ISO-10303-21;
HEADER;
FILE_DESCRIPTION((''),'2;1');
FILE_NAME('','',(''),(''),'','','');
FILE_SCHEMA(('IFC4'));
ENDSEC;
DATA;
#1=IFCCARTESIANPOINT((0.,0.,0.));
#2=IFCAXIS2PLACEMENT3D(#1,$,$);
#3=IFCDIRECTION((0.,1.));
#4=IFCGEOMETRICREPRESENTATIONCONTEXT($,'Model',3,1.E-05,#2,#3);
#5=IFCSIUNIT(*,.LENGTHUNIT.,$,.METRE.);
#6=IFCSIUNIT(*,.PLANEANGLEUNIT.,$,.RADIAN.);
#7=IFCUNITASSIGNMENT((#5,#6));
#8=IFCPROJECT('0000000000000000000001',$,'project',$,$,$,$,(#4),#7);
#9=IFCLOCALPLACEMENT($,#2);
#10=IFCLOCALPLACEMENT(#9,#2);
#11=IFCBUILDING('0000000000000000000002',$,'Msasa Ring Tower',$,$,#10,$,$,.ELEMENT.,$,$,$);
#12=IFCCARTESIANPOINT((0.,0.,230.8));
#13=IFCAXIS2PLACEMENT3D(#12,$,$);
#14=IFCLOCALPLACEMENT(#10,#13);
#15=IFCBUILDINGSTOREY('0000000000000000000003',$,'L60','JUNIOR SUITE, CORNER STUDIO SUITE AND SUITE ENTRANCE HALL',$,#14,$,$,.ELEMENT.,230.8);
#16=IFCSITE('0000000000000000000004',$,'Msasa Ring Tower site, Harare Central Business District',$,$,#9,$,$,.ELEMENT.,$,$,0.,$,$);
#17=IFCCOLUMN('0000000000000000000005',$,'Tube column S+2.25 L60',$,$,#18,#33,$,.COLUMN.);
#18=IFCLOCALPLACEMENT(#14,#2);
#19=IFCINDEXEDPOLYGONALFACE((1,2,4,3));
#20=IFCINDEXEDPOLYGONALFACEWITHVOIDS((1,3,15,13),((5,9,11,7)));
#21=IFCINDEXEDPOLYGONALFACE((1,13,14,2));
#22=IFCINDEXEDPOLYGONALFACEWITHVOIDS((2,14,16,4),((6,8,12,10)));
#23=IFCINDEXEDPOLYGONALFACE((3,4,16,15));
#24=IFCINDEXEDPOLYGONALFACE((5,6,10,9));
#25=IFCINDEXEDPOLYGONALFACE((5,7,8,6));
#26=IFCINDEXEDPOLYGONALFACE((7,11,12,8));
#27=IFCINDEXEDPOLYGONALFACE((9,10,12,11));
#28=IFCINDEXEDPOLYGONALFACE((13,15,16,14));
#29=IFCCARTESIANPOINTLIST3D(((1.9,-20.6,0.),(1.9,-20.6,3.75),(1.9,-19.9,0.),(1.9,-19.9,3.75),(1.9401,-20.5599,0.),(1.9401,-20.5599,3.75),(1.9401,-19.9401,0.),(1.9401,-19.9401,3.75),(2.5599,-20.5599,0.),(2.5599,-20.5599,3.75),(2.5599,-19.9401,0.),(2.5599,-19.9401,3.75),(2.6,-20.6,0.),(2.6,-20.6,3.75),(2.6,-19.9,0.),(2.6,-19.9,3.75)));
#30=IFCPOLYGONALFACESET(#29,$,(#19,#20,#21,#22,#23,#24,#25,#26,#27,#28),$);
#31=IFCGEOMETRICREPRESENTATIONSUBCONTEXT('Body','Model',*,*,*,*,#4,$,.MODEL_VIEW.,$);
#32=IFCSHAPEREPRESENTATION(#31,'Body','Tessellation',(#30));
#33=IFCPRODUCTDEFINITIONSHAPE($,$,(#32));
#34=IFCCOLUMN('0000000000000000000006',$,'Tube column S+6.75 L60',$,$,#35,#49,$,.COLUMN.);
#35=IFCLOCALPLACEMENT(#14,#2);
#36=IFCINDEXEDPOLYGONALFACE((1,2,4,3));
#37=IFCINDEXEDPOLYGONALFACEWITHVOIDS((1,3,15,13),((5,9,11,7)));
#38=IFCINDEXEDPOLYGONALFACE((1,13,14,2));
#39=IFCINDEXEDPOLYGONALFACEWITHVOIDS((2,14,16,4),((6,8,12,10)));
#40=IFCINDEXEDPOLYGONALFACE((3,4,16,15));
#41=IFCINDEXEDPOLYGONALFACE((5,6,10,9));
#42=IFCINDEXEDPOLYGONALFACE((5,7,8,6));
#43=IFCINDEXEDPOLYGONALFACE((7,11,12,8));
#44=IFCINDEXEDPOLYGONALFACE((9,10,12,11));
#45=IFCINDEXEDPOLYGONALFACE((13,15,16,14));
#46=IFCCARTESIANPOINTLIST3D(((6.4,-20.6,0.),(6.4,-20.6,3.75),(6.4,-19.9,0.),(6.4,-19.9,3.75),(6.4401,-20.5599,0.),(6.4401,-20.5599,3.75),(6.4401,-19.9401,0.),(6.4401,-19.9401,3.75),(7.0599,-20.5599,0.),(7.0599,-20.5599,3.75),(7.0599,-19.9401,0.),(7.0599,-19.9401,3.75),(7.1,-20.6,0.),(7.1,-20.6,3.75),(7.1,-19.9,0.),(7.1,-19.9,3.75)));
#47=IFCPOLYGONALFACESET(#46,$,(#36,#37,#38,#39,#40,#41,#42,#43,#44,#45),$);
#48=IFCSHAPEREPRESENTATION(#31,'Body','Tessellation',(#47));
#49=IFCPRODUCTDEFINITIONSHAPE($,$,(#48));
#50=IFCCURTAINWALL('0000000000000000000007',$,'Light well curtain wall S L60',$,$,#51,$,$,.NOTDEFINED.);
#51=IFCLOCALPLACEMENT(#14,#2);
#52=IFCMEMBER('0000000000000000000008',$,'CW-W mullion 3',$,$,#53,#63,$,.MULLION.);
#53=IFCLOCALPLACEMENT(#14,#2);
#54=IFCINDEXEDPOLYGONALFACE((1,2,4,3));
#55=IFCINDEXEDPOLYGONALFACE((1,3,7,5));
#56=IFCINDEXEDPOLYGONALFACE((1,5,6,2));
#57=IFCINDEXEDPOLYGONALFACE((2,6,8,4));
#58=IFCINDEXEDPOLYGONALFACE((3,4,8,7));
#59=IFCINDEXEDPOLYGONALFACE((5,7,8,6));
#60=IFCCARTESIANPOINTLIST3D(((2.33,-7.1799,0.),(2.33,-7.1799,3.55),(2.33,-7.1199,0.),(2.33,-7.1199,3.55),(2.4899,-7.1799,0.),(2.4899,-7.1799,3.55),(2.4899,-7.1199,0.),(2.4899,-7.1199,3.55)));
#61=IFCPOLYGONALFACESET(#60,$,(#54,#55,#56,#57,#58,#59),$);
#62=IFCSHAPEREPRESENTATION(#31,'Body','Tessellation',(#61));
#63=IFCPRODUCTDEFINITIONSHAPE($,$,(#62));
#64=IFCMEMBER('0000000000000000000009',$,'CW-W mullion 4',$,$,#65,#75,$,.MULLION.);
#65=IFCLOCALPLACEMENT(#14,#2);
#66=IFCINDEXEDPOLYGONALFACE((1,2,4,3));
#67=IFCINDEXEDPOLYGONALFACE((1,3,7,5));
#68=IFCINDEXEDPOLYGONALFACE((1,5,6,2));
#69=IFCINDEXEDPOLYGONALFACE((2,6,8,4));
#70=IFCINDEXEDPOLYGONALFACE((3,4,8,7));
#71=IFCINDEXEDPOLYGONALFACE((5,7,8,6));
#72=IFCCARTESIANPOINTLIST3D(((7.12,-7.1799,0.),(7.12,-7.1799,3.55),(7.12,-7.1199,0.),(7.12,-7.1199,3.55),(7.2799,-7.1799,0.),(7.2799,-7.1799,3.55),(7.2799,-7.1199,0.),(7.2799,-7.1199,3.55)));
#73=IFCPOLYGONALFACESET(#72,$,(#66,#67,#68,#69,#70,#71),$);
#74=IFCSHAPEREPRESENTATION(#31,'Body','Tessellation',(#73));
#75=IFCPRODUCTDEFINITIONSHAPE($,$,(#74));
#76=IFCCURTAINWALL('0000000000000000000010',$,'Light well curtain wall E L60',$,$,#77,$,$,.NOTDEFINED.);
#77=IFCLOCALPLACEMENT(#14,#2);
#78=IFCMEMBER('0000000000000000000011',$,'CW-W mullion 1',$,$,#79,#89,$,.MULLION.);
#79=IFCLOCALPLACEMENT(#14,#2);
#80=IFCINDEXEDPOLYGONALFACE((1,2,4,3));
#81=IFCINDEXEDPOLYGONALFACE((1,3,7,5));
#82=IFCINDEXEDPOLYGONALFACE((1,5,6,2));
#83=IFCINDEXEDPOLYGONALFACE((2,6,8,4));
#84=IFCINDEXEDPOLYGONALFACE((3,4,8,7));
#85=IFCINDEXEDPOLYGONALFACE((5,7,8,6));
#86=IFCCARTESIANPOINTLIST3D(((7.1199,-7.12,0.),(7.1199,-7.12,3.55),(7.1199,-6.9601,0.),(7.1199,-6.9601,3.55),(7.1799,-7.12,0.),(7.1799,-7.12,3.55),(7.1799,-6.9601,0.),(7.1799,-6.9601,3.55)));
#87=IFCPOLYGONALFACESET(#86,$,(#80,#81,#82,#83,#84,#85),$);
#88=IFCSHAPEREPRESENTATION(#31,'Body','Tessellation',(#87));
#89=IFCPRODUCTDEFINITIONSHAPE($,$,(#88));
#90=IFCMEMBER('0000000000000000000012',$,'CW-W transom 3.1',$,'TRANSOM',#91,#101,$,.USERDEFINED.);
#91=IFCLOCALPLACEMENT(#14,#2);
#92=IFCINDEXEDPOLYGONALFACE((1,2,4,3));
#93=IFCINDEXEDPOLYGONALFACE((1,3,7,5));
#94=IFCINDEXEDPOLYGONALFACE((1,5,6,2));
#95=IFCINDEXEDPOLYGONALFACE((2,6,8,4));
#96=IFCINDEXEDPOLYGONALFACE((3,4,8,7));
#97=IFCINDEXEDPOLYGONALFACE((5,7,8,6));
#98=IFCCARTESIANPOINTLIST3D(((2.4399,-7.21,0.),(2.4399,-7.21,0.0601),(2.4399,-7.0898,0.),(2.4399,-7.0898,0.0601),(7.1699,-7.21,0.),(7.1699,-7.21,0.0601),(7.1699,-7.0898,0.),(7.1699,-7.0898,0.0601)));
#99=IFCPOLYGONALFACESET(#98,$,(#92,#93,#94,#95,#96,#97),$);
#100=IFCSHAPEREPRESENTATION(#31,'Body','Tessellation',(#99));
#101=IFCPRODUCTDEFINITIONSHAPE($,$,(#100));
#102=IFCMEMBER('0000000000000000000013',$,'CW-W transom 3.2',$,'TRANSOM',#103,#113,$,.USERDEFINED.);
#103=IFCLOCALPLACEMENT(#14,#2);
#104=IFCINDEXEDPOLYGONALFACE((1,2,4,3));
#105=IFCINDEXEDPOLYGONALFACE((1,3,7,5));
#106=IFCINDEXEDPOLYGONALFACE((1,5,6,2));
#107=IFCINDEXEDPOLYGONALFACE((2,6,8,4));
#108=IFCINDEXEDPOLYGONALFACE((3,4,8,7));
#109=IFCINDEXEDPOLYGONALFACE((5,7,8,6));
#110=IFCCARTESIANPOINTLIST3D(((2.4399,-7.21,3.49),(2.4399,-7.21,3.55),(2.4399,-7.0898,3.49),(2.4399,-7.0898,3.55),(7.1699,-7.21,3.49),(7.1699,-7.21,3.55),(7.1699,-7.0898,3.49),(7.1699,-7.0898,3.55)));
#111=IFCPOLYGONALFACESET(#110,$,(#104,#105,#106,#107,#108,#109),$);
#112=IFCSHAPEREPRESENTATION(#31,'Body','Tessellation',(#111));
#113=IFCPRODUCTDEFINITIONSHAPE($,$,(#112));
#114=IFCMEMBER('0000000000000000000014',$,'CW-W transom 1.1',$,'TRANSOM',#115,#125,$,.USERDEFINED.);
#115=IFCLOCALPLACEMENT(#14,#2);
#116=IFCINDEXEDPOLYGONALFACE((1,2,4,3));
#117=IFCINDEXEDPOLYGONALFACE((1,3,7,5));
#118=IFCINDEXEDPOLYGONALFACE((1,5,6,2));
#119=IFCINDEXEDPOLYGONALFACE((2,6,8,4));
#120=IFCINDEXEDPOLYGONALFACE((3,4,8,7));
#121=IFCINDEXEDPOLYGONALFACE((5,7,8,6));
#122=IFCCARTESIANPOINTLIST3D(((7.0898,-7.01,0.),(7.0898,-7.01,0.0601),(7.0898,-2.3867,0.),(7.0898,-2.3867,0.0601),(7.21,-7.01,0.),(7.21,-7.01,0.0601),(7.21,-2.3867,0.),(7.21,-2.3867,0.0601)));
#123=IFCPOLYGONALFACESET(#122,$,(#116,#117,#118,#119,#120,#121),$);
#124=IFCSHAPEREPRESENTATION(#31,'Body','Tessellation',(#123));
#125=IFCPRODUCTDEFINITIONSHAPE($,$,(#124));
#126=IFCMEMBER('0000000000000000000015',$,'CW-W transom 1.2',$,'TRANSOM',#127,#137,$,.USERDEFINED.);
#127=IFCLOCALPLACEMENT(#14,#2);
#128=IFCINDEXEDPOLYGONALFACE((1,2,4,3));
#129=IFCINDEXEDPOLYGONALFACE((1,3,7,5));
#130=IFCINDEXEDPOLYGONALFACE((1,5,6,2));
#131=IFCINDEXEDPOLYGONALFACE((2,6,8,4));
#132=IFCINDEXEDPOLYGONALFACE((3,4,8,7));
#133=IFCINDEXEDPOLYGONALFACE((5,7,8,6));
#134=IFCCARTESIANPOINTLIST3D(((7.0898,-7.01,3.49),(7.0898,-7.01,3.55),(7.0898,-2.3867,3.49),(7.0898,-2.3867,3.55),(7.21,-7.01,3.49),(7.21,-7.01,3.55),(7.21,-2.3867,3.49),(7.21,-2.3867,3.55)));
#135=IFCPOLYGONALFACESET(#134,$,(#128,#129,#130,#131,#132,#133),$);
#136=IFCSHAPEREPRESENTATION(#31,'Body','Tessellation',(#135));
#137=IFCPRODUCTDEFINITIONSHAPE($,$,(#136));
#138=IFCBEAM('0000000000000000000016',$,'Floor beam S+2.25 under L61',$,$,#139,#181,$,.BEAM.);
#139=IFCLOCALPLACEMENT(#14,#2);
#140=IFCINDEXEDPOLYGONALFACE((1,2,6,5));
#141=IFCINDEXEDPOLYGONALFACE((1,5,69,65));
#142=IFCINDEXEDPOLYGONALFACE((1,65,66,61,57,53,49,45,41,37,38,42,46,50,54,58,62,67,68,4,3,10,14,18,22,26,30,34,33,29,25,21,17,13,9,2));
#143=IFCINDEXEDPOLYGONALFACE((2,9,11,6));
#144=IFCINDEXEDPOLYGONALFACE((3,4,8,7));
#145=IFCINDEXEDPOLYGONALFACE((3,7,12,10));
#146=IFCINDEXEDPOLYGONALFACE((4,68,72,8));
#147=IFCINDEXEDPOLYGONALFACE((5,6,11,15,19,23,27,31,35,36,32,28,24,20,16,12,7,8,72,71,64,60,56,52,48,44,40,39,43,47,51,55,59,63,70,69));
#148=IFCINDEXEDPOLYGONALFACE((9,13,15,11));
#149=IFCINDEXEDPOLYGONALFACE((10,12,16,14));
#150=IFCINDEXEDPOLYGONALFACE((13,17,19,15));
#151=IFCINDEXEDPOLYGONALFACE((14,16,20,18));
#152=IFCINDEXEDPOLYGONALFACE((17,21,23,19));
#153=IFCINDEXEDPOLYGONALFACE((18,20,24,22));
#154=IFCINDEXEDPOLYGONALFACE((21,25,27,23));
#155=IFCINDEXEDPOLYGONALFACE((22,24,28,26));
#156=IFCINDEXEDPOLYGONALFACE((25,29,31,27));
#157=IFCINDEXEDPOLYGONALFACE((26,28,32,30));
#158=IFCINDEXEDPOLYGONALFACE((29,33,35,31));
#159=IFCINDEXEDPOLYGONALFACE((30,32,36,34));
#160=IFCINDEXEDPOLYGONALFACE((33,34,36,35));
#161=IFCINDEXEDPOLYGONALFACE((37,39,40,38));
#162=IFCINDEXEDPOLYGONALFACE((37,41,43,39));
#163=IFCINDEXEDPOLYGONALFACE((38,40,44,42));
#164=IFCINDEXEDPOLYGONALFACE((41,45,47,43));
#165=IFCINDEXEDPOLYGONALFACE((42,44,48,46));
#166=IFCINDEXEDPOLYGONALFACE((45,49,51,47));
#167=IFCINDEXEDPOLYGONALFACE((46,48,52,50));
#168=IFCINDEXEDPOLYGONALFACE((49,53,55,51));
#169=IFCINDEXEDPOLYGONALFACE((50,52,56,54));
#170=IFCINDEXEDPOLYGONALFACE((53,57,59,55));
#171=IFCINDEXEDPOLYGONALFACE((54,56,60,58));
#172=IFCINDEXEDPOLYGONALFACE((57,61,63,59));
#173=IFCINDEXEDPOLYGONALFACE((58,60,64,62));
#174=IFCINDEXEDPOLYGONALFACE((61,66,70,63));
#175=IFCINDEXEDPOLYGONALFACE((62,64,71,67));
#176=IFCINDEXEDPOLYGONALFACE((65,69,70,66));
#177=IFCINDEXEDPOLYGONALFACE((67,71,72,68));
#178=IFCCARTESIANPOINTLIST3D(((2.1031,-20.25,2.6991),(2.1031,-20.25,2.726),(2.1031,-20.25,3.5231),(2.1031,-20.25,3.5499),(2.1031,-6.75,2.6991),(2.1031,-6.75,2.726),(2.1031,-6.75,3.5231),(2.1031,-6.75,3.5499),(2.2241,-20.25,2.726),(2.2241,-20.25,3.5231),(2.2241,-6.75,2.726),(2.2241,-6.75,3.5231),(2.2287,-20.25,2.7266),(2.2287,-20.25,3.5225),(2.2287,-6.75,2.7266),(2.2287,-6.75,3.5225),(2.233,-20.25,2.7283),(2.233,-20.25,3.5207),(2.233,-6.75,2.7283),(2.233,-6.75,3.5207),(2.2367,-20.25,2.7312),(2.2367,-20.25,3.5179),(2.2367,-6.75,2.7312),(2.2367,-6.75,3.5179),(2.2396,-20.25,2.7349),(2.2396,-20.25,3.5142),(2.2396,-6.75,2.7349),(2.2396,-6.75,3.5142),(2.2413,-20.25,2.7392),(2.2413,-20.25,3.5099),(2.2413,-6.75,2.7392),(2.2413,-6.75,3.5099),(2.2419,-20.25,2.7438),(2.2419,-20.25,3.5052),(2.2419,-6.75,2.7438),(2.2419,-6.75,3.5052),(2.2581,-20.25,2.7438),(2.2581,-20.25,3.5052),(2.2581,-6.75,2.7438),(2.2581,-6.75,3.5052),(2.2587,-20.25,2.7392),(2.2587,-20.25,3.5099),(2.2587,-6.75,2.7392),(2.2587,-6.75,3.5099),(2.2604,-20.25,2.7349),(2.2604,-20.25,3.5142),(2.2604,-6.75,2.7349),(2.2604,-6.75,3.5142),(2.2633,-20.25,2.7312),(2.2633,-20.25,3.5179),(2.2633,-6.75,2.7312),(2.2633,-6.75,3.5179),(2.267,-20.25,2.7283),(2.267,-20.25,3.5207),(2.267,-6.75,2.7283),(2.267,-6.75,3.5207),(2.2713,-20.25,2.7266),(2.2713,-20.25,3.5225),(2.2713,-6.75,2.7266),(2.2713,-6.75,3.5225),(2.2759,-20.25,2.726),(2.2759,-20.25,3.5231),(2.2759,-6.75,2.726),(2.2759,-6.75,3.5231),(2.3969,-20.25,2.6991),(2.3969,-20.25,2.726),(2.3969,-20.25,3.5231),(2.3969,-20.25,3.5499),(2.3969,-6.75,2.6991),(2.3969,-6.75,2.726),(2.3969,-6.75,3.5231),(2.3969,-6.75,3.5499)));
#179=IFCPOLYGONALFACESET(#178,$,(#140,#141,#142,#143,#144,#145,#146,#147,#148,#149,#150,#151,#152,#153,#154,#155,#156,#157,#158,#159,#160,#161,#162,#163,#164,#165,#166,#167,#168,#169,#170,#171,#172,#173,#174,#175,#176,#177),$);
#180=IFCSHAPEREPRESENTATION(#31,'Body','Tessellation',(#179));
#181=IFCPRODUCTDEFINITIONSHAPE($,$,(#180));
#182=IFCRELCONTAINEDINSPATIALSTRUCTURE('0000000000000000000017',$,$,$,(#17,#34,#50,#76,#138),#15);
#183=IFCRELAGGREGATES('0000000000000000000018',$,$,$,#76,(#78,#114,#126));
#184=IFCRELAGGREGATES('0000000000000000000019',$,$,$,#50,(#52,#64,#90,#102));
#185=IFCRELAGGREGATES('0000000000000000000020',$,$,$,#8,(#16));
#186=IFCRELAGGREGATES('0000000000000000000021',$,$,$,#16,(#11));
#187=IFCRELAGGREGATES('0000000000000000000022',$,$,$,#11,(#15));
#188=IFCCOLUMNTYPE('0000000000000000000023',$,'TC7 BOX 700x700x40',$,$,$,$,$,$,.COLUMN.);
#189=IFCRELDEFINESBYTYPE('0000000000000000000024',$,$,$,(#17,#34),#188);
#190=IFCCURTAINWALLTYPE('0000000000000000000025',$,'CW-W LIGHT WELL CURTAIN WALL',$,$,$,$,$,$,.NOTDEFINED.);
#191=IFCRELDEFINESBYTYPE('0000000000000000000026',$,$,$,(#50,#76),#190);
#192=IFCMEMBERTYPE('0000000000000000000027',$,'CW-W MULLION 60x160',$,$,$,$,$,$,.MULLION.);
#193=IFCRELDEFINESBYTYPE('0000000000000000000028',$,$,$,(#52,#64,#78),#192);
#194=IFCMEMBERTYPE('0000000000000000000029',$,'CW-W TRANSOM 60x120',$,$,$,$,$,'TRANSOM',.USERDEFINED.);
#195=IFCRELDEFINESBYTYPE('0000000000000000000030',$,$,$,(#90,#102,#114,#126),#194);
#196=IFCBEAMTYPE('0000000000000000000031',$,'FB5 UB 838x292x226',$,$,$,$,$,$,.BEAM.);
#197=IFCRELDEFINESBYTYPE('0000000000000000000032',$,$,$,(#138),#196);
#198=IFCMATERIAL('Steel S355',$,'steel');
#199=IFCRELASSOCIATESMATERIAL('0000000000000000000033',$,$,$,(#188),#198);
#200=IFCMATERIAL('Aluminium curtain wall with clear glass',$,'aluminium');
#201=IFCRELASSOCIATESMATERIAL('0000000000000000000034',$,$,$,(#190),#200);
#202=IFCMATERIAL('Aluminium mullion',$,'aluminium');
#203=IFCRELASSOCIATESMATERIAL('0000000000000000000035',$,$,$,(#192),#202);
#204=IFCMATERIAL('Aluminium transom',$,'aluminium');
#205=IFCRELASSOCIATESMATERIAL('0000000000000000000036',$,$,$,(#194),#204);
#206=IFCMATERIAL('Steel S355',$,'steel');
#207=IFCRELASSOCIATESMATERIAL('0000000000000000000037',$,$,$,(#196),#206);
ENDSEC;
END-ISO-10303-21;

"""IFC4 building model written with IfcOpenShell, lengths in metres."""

from ifc_helpers import new_model, si_unit, direction, frame, origin, origin_2d, place, context, subcontext, project, spatial, rectangle, hollow_rectangle, i_section, extrude, material, material_profile, profile_set, type_object, element, aggregate, save


model = new_model("IFC4")

# Units and contexts
model_context = context("Model", 3, precision=1e-05, world=origin(), true_north=direction((0.0, 1.0)))
body_context = subcontext(model_context, "Body", "Model", "MODEL_VIEW")
ifc_project = project(units=[si_unit("LENGTHUNIT", "METRE"), si_unit("PLANEANGLEUNIT", "RADIAN")], contexts=[model_context])

# Site, building, storey
site_placement = place(None, origin())
site = spatial("IfcSite", under=ifc_project, at=site_placement, Name="Msasa Ring Tower site, Harare Central Business District", CompositionType="ELEMENT", RefElevation=0.0)
building_placement = place(site_placement, origin())
building = spatial("IfcBuilding", under=site, at=building_placement, Name="Msasa Ring Tower", CompositionType="ELEMENT")
storey_placement = place(building_placement, frame((0.0, 0.0, 230.8)))
storey = spatial("IfcBuildingStorey", under=building, at=storey_placement, Name="L60", Description="JUNIOR SUITE, CORNER STUDIO SUITE AND SUITE ENTRANCE HALL", CompositionType="ELEMENT", Elevation=230.8)

# Columns
ifc_material_1 = material(Name="Steel S355", Category="steel")
ifc_material_profile_1 = material_profile(ifc_material_1, hollow_rectangle(XDim=0.7, YDim=0.7, WallThickness=0.04, at=origin_2d()), Name="BOX 700x700x40")
ifc_profile_set_1 = profile_set([ifc_material_profile_1], Name="Steel S355")
column_type = type_object("IfcColumnType", Name="TC7 BOX 700x700x40", PredefinedType="COLUMN", material=ifc_profile_set_1)
for number, where, z_axis, x_axis, name in (
    (1, (2.25, -20.25, 0.0), (0.0, 0.0, 1.0), (0.0, 1.0, 0.0), "Tube column S+2.25 L60"),
    (2, (6.75, -20.25, 0.0), (0.0, 0.0, 1.0), (0.0, 1.0, 0.0), "Tube column S+6.75 L60"),
):
    element("IfcColumn", number, at=place(storey_placement, frame(where, z_axis=z_axis, x_axis=x_axis)), inside=storey, type_object=column_type, Name=name, PredefinedType="COLUMN", context=body_context, shape_type="SweptSolid", body=[
        extrude(hollow_rectangle(XDim=0.7, YDim=0.7, WallThickness=0.04, at=origin_2d()), origin(), (0.0, 0.0, 1.0), 3.75),
    ])

# Curtain wall, members
ifc_material_2 = material(Name="Aluminium curtain wall with clear glass", Category="aluminium")
curtain_wall_type = type_object("IfcCurtainWallType", Name="CW-W LIGHT WELL CURTAIN WALL", PredefinedType="NOTDEFINED", material=ifc_material_2)
curtain_wall_1_placement = place(storey_placement, origin())
curtain_wall_1 = element("IfcCurtainWall", 3, at=curtain_wall_1_placement, inside=storey, type_object=curtain_wall_type, Name="Light well curtain wall S L60", PredefinedType="NOTDEFINED")
ifc_material_3 = material(Name="Aluminium mullion", Category="aluminium")
ifc_material_profile_2 = material_profile(ifc_material_3, rectangle(XDim=0.0601, YDim=0.1599, at=origin_2d()), Name="AL 60x160")
ifc_profile_set_2 = profile_set([ifc_material_profile_2], Name="Aluminium mullion")
member_type_1 = type_object("IfcMemberType", Name="CW-W MULLION 60x160", PredefinedType="MULLION", material=ifc_profile_set_2)
member_1_placement = place(storey_placement, frame((2.4099, -7.1499, 0.0), z_axis=(0.0, 0.0, 1.0), x_axis=(0.0, 1.0, 0.0)))
member_1 = element("IfcMember", 4, at=member_1_placement, type_object=member_type_1, Name="CW-W mullion 3", PredefinedType="MULLION", context=body_context, shape_type="SweptSolid", body=[
    extrude(rectangle(XDim=0.0601, YDim=0.1599, at=origin_2d()), origin(), (0.0, 0.0, 1.0), 3.55),
])
member_2_placement = place(storey_placement, frame((7.2, -7.1499, 0.0), z_axis=(0.0, 0.0, 1.0), x_axis=(0.0, 1.0, 0.0)))
member_2 = element("IfcMember", 5, at=member_2_placement, type_object=member_type_1, Name="CW-W mullion 4", PredefinedType="MULLION", context=body_context, shape_type="SweptSolid", body=[
    extrude(rectangle(XDim=0.0601, YDim=0.1599, at=origin_2d()), origin(), (0.0, 0.0, 1.0), 3.55),
])

# Curtain wall, member
curtain_wall_2_placement = place(storey_placement, origin())
curtain_wall_2 = element("IfcCurtainWall", 6, at=curtain_wall_2_placement, inside=storey, type_object=curtain_wall_type, Name="Light well curtain wall E L60", PredefinedType="NOTDEFINED")
member_3_placement = place(storey_placement, frame((7.1499, -7.04, 0.0), z_axis=(0.0, 0.0, 1.0), x_axis=(-1.0, 0.0, 0.0)))
member_3 = element("IfcMember", 7, at=member_3_placement, type_object=member_type_1, Name="CW-W mullion 1", PredefinedType="MULLION", context=body_context, shape_type="SweptSolid", body=[
    extrude(rectangle(XDim=0.0601, YDim=0.1599, at=origin_2d()), origin(), (0.0, 0.0, 1.0), 3.55),
])

# Members
ifc_material_4 = material(Name="Aluminium transom", Category="aluminium")
ifc_material_profile_3 = material_profile(ifc_material_4, rectangle(XDim=0.1201, YDim=0.0601, at=origin_2d()), Name="AL 60x120")
ifc_profile_set_3 = profile_set([ifc_material_profile_3], Name="Aluminium transom")
member_type_2 = type_object("IfcMemberType", Name="CW-W TRANSOM 60x120", ElementType="TRANSOM", PredefinedType="USERDEFINED", material=ifc_profile_set_3)
member_4_placement = place(storey_placement, frame((2.4399, -7.1499, 0.03), z_axis=(1.0, 0.0, 0.0), x_axis=(0.0, 1.0, 0.0)))
member_4 = element("IfcMember", 8, at=member_4_placement, type_object=member_type_2, Name="CW-W transom 3.1", ObjectType="TRANSOM", PredefinedType="USERDEFINED", context=body_context, shape_type="SweptSolid", body=[
    extrude(rectangle(XDim=0.1201, YDim=0.0601, at=origin_2d()), origin(), (0.0, 0.0, 1.0), 4.73),
])
member_5_placement = place(storey_placement, frame((2.4399, -7.1499, 3.52), z_axis=(1.0, 0.0, 0.0), x_axis=(0.0, 1.0, 0.0)))
member_5 = element("IfcMember", 9, at=member_5_placement, type_object=member_type_2, Name="CW-W transom 3.2", ObjectType="TRANSOM", PredefinedType="USERDEFINED", context=body_context, shape_type="SweptSolid", body=[
    extrude(rectangle(XDim=0.1201, YDim=0.0601, at=origin_2d()), origin(), (0.0, 0.0, 1.0), 4.73),
])
member_6_placement = place(storey_placement, frame((7.1499, -7.01, 0.03), z_axis=(0.0, 1.0, 0.0), x_axis=(-1.0, 0.0, 0.0)))
member_6 = element("IfcMember", 10, at=member_6_placement, type_object=member_type_2, Name="CW-W transom 1.1", ObjectType="TRANSOM", PredefinedType="USERDEFINED", context=body_context, shape_type="SweptSolid", body=[
    extrude(rectangle(XDim=0.1201, YDim=0.0601, at=origin_2d()), origin(), (0.0, 0.0, 1.0), 4.6233),
])
member_7_placement = place(storey_placement, frame((7.1499, -7.01, 3.52), z_axis=(0.0, 1.0, 0.0), x_axis=(-1.0, 0.0, 0.0)))
member_7 = element("IfcMember", 11, at=member_7_placement, type_object=member_type_2, Name="CW-W transom 1.2", ObjectType="TRANSOM", PredefinedType="USERDEFINED", context=body_context, shape_type="SweptSolid", body=[
    extrude(rectangle(XDim=0.1201, YDim=0.0601, at=origin_2d()), origin(), (0.0, 0.0, 1.0), 4.6233),
])
aggregate(curtain_wall_2, [member_3, member_6, member_7])

# Beam
ifc_material_5 = material(Name="Steel S355", Category="steel")
ifc_material_profile_4 = material_profile(ifc_material_5, i_section(OverallWidth=0.2937, OverallDepth=0.8508, WebThickness=0.0161, FlangeThickness=0.0269, FilletRadius=0.0178, at=origin_2d()), Name="UB 838x292x226")
ifc_profile_set_4 = profile_set([ifc_material_profile_4], Name="Steel S355")
beam_type_1 = type_object("IfcBeamType", Name="FB5 UB 838x292x226", PredefinedType="BEAM", material=ifc_profile_set_4)
for number, where, z_axis, x_axis, name in (
    (12, (2.25, -20.25, 3.1245), (0.0, 1.0, 0.0), (-1.0, 0.0, 0.0), "Floor beam S+2.25 under L61"),
):
    element("IfcBeam", number, at=place(storey_placement, frame(where, z_axis=z_axis, x_axis=x_axis)), inside=storey, type_object=beam_type_1, Name=name, PredefinedType="BEAM", context=body_context, shape_type="SweptSolid", body=[
        extrude(i_section(OverallWidth=0.2937, OverallDepth=0.8508, WebThickness=0.0161, FlangeThickness=0.0269, FilletRadius=0.0178, at=origin_2d()), origin(), (0.0, 0.0, 1.0), 13.5),
    ])

aggregate(curtain_wall_1, [member_1, member_2, member_4, member_5])

save(model, "model.ifc")
